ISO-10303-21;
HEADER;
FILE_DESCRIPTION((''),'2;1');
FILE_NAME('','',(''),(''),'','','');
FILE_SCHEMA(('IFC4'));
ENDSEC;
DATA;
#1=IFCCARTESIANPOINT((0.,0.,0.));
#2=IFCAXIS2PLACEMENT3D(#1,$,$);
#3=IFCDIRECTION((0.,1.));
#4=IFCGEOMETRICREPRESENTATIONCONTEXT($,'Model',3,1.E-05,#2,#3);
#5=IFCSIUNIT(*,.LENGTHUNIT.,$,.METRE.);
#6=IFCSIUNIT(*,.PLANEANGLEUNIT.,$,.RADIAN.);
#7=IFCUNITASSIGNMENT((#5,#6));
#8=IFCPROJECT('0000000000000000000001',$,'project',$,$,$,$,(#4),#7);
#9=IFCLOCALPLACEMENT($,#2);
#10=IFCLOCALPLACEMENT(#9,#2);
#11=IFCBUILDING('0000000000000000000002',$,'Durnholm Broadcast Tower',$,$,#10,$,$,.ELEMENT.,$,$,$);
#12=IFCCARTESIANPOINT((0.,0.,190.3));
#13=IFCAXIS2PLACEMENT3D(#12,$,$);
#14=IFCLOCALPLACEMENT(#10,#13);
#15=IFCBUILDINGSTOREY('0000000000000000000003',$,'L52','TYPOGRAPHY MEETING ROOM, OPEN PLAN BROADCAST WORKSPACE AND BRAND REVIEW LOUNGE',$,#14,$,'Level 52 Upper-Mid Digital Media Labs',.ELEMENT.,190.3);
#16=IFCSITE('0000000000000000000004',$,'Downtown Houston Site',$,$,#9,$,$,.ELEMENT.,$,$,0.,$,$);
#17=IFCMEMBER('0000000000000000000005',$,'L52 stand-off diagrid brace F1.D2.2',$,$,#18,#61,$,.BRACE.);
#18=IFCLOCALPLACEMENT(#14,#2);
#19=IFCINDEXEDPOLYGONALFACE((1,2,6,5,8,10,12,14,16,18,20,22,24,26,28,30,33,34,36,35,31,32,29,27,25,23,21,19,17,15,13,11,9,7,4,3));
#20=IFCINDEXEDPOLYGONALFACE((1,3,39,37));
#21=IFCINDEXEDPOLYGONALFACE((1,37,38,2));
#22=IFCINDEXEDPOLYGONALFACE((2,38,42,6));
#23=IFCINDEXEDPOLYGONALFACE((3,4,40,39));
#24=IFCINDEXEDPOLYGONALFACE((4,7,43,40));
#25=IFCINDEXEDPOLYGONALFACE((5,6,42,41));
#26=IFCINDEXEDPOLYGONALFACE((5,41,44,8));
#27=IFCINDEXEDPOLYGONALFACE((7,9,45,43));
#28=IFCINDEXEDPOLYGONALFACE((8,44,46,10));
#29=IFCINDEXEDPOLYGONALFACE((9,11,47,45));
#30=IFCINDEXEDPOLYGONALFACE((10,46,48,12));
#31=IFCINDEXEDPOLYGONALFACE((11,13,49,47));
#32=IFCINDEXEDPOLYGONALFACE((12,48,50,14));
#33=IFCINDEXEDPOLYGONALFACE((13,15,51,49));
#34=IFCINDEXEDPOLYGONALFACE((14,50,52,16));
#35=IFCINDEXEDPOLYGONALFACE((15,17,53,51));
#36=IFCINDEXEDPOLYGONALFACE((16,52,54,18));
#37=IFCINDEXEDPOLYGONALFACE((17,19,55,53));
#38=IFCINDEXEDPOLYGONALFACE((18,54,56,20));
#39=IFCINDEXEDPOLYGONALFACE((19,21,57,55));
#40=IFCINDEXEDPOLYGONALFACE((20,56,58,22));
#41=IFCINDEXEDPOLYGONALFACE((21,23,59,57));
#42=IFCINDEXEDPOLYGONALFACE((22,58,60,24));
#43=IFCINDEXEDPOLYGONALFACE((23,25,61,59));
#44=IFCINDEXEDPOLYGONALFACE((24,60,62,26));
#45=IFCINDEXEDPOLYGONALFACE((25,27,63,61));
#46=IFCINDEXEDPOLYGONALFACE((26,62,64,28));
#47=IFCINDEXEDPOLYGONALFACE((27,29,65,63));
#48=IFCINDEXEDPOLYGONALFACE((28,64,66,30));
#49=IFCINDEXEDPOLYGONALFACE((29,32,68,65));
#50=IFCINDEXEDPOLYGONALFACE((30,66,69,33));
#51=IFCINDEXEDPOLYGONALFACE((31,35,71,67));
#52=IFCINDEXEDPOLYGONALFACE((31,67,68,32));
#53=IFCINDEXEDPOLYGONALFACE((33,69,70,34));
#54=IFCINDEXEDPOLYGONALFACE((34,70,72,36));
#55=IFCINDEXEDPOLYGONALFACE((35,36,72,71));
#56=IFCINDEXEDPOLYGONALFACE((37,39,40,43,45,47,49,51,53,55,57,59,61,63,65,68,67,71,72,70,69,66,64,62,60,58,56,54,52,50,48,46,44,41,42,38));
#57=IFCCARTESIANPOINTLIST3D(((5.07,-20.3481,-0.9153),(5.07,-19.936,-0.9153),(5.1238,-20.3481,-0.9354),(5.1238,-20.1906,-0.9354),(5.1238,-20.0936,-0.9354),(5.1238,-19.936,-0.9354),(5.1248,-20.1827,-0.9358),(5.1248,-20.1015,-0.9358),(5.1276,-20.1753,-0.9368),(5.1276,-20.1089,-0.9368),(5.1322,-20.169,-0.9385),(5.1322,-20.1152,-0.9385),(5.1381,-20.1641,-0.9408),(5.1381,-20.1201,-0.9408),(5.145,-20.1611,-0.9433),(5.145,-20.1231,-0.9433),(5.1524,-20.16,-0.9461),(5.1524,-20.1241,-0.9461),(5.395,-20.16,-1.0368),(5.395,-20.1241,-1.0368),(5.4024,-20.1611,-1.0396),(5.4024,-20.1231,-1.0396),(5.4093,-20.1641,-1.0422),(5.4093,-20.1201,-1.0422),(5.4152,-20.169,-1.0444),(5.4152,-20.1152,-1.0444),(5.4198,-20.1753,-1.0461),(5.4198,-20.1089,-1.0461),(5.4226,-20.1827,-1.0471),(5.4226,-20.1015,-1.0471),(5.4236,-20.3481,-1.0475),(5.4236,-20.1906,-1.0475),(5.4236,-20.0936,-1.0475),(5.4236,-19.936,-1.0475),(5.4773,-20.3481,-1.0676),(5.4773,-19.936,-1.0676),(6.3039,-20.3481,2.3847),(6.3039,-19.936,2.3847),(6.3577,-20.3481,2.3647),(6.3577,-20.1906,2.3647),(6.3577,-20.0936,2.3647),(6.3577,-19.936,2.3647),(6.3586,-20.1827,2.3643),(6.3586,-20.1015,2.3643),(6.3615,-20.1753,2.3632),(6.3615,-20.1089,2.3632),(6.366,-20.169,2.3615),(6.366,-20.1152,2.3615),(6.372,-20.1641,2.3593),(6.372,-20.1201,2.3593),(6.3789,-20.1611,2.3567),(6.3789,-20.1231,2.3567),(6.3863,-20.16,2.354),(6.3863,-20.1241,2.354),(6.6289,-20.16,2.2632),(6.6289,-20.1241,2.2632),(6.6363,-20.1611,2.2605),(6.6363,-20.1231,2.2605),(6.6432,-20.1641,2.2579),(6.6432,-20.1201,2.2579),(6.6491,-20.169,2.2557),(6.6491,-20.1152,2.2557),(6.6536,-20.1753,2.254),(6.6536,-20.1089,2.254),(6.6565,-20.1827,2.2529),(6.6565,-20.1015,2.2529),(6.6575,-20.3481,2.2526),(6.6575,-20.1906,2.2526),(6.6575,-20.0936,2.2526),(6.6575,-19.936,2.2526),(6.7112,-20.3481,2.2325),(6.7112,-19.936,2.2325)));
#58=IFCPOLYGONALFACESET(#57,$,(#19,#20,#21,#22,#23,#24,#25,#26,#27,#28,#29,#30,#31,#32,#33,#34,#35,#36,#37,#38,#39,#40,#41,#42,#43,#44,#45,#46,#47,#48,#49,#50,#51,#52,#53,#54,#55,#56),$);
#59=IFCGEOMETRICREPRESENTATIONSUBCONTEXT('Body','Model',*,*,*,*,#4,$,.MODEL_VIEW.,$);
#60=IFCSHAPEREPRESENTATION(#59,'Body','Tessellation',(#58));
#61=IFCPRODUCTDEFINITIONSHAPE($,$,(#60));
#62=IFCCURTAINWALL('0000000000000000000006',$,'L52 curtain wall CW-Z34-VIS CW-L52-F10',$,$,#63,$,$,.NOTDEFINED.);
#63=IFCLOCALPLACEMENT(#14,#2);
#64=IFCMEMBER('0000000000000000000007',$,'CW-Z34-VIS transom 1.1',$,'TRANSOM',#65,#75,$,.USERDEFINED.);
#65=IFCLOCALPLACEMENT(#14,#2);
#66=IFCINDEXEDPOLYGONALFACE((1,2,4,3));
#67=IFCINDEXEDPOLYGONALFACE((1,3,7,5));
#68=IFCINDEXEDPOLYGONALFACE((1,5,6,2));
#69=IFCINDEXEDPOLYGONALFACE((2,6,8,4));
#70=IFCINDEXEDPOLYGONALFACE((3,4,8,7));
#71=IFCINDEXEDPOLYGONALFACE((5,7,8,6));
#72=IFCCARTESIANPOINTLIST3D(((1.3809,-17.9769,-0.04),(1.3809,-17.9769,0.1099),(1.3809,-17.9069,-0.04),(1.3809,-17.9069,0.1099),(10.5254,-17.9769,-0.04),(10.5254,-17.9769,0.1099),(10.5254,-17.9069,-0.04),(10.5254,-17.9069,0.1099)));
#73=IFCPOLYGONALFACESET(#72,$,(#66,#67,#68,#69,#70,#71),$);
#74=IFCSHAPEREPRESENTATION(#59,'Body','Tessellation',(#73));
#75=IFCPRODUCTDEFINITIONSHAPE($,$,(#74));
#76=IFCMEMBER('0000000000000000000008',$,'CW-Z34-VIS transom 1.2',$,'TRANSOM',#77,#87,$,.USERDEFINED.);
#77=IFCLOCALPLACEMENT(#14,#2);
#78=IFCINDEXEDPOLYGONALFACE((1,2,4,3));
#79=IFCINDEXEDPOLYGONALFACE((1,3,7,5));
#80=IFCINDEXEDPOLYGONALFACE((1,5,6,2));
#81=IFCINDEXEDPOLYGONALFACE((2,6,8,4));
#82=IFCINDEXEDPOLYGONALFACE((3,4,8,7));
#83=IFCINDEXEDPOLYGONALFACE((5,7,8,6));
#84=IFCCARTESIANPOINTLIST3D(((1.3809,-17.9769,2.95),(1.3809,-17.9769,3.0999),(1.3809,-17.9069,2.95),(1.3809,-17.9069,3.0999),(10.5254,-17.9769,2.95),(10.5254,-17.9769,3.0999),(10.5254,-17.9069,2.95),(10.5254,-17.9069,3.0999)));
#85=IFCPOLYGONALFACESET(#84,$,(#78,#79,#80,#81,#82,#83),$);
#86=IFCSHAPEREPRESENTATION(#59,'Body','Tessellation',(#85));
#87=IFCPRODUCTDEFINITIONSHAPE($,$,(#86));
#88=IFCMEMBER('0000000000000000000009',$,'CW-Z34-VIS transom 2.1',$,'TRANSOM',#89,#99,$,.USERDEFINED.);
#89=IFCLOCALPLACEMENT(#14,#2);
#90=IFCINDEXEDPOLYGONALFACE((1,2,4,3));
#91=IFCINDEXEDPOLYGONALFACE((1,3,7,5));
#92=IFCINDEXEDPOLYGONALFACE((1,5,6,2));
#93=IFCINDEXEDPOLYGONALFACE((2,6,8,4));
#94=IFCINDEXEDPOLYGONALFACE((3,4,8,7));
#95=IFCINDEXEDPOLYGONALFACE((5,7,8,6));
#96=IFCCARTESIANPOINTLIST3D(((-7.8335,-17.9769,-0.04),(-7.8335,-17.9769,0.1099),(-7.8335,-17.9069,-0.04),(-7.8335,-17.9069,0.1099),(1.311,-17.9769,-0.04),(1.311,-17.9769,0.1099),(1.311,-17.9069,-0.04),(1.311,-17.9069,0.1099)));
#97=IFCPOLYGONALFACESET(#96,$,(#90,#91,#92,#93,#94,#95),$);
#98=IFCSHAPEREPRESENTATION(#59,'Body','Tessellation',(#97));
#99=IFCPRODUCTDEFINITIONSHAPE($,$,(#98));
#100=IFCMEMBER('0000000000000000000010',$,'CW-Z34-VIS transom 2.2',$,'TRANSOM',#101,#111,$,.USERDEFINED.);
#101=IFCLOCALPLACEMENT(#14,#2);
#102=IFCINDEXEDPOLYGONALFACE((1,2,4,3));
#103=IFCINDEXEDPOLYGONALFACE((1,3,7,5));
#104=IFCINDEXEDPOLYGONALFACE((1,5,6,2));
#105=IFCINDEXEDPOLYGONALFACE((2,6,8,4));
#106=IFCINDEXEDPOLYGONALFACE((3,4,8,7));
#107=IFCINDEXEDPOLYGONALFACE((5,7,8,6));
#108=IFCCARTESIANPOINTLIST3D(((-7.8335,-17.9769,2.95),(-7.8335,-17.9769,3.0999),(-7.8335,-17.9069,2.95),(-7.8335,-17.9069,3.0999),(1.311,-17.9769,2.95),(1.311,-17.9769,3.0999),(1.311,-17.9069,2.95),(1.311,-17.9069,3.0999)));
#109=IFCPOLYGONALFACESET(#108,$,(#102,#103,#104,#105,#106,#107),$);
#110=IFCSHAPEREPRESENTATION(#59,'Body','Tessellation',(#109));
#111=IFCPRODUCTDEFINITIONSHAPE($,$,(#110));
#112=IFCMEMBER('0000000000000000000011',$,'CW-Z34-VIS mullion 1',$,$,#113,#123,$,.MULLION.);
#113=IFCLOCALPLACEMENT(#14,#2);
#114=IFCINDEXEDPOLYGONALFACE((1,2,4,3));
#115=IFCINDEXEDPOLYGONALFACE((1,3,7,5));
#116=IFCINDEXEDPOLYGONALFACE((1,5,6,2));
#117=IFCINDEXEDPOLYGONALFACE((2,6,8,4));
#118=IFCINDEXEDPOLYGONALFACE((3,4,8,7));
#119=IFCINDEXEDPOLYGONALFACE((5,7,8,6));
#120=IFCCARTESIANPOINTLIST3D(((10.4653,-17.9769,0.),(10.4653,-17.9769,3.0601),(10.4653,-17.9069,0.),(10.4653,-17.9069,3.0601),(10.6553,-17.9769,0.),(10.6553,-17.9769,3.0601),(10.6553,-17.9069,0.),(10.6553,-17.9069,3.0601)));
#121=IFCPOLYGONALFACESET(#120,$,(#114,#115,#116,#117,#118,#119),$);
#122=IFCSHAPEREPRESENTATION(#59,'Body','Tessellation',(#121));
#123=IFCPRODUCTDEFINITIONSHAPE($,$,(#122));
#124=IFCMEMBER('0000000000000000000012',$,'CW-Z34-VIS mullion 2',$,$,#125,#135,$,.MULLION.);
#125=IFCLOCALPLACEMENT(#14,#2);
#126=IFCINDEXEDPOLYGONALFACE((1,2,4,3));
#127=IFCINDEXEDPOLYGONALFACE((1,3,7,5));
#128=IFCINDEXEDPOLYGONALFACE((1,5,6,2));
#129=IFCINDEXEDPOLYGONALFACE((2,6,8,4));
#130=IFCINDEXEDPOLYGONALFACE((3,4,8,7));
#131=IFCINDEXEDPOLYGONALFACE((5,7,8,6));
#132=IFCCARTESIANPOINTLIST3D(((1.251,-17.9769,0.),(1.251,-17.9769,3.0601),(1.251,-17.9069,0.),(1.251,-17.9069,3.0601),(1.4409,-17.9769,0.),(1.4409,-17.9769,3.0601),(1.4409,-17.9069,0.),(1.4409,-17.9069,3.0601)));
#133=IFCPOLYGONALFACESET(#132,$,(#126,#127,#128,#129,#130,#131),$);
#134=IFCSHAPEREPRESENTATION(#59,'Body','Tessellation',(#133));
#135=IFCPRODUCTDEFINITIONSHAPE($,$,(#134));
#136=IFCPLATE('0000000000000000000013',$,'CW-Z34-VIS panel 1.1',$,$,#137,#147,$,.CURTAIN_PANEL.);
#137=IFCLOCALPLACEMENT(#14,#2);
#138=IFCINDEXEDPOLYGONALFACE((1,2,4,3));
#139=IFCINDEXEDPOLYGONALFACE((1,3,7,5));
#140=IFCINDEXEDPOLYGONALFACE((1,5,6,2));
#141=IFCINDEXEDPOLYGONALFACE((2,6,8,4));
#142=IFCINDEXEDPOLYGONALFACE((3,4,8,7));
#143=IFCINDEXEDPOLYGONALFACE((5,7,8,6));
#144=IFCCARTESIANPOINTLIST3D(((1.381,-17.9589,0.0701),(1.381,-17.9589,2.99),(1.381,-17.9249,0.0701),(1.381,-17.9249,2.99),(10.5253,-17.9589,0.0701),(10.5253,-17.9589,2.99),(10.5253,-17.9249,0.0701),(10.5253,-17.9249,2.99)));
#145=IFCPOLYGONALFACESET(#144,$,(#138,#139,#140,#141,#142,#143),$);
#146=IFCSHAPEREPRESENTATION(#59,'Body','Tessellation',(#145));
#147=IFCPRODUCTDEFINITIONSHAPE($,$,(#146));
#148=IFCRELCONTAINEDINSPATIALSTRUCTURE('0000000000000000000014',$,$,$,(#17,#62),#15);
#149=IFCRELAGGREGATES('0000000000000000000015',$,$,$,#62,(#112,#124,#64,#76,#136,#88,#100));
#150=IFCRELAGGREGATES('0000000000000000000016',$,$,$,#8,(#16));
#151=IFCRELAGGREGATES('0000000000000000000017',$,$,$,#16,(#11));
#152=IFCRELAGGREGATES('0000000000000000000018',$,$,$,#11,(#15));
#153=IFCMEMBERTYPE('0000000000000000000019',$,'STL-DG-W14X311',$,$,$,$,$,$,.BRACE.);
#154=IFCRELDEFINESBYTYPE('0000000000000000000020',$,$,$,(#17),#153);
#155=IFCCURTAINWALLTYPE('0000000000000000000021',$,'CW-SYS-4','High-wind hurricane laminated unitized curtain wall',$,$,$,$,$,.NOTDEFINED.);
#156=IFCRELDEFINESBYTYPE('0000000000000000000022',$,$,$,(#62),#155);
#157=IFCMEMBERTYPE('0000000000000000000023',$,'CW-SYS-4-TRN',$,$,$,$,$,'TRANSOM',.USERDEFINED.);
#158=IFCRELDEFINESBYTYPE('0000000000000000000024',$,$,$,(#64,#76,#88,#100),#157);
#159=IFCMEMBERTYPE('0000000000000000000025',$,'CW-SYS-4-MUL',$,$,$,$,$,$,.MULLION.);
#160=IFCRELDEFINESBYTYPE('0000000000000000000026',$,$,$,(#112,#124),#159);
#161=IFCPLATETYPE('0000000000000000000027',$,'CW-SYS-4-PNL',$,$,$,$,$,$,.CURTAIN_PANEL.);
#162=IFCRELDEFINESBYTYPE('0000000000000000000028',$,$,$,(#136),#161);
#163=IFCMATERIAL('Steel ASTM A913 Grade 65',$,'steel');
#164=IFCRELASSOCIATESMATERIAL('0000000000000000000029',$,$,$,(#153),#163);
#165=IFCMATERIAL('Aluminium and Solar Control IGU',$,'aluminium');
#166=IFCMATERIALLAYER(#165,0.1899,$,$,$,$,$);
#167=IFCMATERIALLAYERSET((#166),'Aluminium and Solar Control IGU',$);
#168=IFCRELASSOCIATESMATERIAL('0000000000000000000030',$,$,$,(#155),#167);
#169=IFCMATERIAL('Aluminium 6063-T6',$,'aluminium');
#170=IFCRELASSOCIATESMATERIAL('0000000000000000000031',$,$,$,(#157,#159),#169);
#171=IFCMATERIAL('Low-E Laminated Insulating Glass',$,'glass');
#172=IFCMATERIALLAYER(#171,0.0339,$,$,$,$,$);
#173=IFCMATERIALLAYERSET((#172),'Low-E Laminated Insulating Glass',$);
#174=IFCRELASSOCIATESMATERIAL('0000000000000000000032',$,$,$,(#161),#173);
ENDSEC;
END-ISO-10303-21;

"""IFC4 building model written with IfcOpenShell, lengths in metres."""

from ifc_helpers import new_model, si_unit, direction, frame, origin, origin_2d, place, context, subcontext, project, spatial, rectangle, i_section, extrude, source, transform, mapped, material, layer, layer_set, material_profile, profile_set, type_object, type_shapes, element, aggregate, save


model = new_model("IFC4")

# Units and contexts
model_context = context("Model", 3, precision=1e-05, world=origin(), true_north=direction((0.0, 1.0)))
body_context = subcontext(model_context, "Body", "Model", "MODEL_VIEW")
ifc_project = project(units=[si_unit("LENGTHUNIT", "METRE"), si_unit("PLANEANGLEUNIT", "RADIAN")], contexts=[model_context])

# Site, building, storey
site_placement = place(None, origin())
site = spatial("IfcSite", under=ifc_project, at=site_placement, Name="Downtown Houston Site", CompositionType="ELEMENT", RefElevation=0.0)
building_placement = place(site_placement, origin())
building = spatial("IfcBuilding", under=site, at=building_placement, Name="Durnholm Broadcast Tower", CompositionType="ELEMENT")
storey_placement = place(building_placement, frame((0.0, 0.0, 190.3)))
storey = spatial("IfcBuildingStorey", under=building, at=storey_placement, Name="L52", Description="TYPOGRAPHY MEETING ROOM, OPEN PLAN BROADCAST WORKSPACE AND BRAND REVIEW LOUNGE", LongName="Level 52 Upper-Mid Digital Media Labs", CompositionType="ELEMENT", Elevation=190.3)

# Member
ifc_material_1 = material(Name="Steel ASTM A913 Grade 65", Category="steel")
ifc_material_profile_1 = material_profile(ifc_material_1, i_section(OverallWidth=0.4121, OverallDepth=0.4348, WebThickness=0.0359, FlangeThickness=0.0574, FilletRadius=0.0305, at=origin_2d()), Name="W14X311")
ifc_profile_set_1 = profile_set([ifc_material_profile_1], Name="Steel ASTM A913 Grade 65")
member_type_1 = type_object("IfcMemberType", Name="STL-DG-W14X311", PredefinedType="BRACE", material=ifc_profile_set_1)
shared_shape_1 = source(origin(), body_context, "Body", "SweptSolid", [
    extrude(i_section(OverallWidth=0.4121, OverallDepth=0.4348, WebThickness=0.0359, FlangeThickness=0.0574, FilletRadius=0.0305, at=origin_2d()), origin(), (0.0, 0.0, 1.0), 3.5232),
])
type_shapes(member_type_1, [shared_shape_1])
for number, where, z_axis, x_axis, name in (
    (1, (5.2737, -20.1421, -0.9915), (0.35022, 0.0, 0.936668), (0.0, 1.0, 0.0), "L52 stand-off diagrid brace F1.D2.2"),
):
    element("IfcMember", number, at=place(storey_placement, frame(where, z_axis=z_axis, x_axis=x_axis)), inside=storey, type_object=member_type_1, Name=name, PredefinedType="BRACE", context=body_context, shape_type="MappedRepresentation", body=[
        mapped(shared_shape_1, transform((0.0, 0.0, 0.0), x_axis=(1.0, 0.0, 0.0), y_axis=(0.0, 1.0, 0.0), z_axis=(0.0, 0.0, 1.0), scale=1.0)),
    ])

# Curtain wall, members, plate
ifc_material_2 = material(Name="Aluminium and Solar Control IGU", Category="aluminium")
ifc_layer_1 = layer(ifc_material_2, 0.1899)
ifc_layer_set_1 = layer_set([ifc_layer_1], Name="Aluminium and Solar Control IGU")
curtain_wall_type = type_object("IfcCurtainWallType", Name="CW-SYS-4", Description="High-wind hurricane laminated unitized curtain wall", PredefinedType="NOTDEFINED", material=ifc_layer_set_1)
curtain_wall_placement = place(storey_placement, origin())
curtain_wall = element("IfcCurtainWall", 2, at=curtain_wall_placement, inside=storey, type_object=curtain_wall_type, Name="L52 curtain wall CW-Z34-VIS CW-L52-F10", PredefinedType="NOTDEFINED")
ifc_material_3 = material(Name="Aluminium 6063-T6", Category="aluminium")
ifc_material_profile_2 = material_profile(ifc_material_3, rectangle(XDim=0.0701, YDim=0.1499, at=origin_2d()), Name="CWT70X150")
ifc_profile_set_2 = profile_set([ifc_material_profile_2], Name="Aluminium 6063-T6")
member_type_2 = type_object("IfcMemberType", Name="CW-SYS-4-TRN", ElementType="TRANSOM", PredefinedType="USERDEFINED", material=ifc_profile_set_2)
shared_shape_2 = source(origin(), body_context, "Body", "SweptSolid", [
    extrude(rectangle(XDim=0.0701, YDim=0.1499, at=origin_2d()), origin(), (0.0, 0.0, 1.0), 9.1445),
])
type_shapes(member_type_2, [shared_shape_2])
member_1_placement = place(storey_placement, frame((10.5254, -17.9419, 0.0349), z_axis=(-1.0, 0.0, 0.0), x_axis=(0.0, -1.0, 0.0)))
member_1 = element("IfcMember", 3, at=member_1_placement, type_object=member_type_2, Name="CW-Z34-VIS transom 1.1", ObjectType="TRANSOM", PredefinedType="USERDEFINED", context=body_context, shape_type="MappedRepresentation", body=[
    mapped(shared_shape_2, transform((0.0, 0.0, 0.0), x_axis=(1.0, 0.0, 0.0), y_axis=(0.0, 1.0, 0.0), z_axis=(0.0, 0.0, 1.0), scale=1.0)),
])
member_2_placement = place(storey_placement, frame((10.5254, -17.9419, 3.0249), z_axis=(-1.0, 0.0, 0.0), x_axis=(0.0, -1.0, 0.0)))
member_2 = element("IfcMember", 4, at=member_2_placement, type_object=member_type_2, Name="CW-Z34-VIS transom 1.2", ObjectType="TRANSOM", PredefinedType="USERDEFINED", context=body_context, shape_type="MappedRepresentation", body=[
    mapped(shared_shape_2, transform((0.0, 0.0, 0.0), x_axis=(1.0, 0.0, 0.0), y_axis=(0.0, 1.0, 0.0), z_axis=(0.0, 0.0, 1.0), scale=1.0)),
])
member_3_placement = place(storey_placement, frame((1.311, -17.9419, 0.0349), z_axis=(-1.0, 0.0, 0.0), x_axis=(0.0, -1.0, 0.0)))
member_3 = element("IfcMember", 5, at=member_3_placement, type_object=member_type_2, Name="CW-Z34-VIS transom 2.1", ObjectType="TRANSOM", PredefinedType="USERDEFINED", context=body_context, shape_type="MappedRepresentation", body=[
    mapped(shared_shape_2, transform((0.0, 0.0, 0.0), x_axis=(1.0, 0.0, 0.0), y_axis=(0.0, 1.0, 0.0), z_axis=(0.0, 0.0, 1.0), scale=1.0)),
])
member_4_placement = place(storey_placement, frame((1.311, -17.9419, 3.0249), z_axis=(-1.0, 0.0, 0.0), x_axis=(0.0, -1.0, 0.0)))
member_4 = element("IfcMember", 6, at=member_4_placement, type_object=member_type_2, Name="CW-Z34-VIS transom 2.2", ObjectType="TRANSOM", PredefinedType="USERDEFINED", context=body_context, shape_type="MappedRepresentation", body=[
    mapped(shared_shape_2, transform((0.0, 0.0, 0.0), x_axis=(1.0, 0.0, 0.0), y_axis=(0.0, 1.0, 0.0), z_axis=(0.0, 0.0, 1.0), scale=1.0)),
])
ifc_material_profile_3 = material_profile(ifc_material_3, rectangle(XDim=0.0701, YDim=0.1899, at=origin_2d()), Name="CWM70X190")
ifc_profile_set_3 = profile_set([ifc_material_profile_3], Name="Aluminium 6063-T6")
member_type_3 = type_object("IfcMemberType", Name="CW-SYS-4-MUL", PredefinedType="MULLION", material=ifc_profile_set_3)
shared_shape_3 = source(origin(), body_context, "Body", "SweptSolid", [
    extrude(rectangle(XDim=0.0701, YDim=0.1899, at=origin_2d()), origin(), (0.0, 0.0, 1.0), 3.0601),
])
type_shapes(member_type_3, [shared_shape_3])
member_5_placement = place(storey_placement, frame((10.5603, -17.9419, 0.0), z_axis=(0.0, 0.0, 1.0), x_axis=(0.0, -1.0, 0.0)))
member_5 = element("IfcMember", 7, at=member_5_placement, type_object=member_type_3, Name="CW-Z34-VIS mullion 1", PredefinedType="MULLION", context=body_context, shape_type="MappedRepresentation", body=[
    mapped(shared_shape_3, transform((0.0, 0.0, 0.0), x_axis=(1.0, 0.0, 0.0), y_axis=(0.0, 1.0, 0.0), z_axis=(0.0, 0.0, 1.0), scale=1.0)),
])
member_6_placement = place(storey_placement, frame((1.3459, -17.9419, 0.0), z_axis=(0.0, 0.0, 1.0), x_axis=(0.0, -1.0, 0.0)))
member_6 = element("IfcMember", 8, at=member_6_placement, type_object=member_type_3, Name="CW-Z34-VIS mullion 2", PredefinedType="MULLION", context=body_context, shape_type="MappedRepresentation", body=[
    mapped(shared_shape_3, transform((0.0, 0.0, 0.0), x_axis=(1.0, 0.0, 0.0), y_axis=(0.0, 1.0, 0.0), z_axis=(0.0, 0.0, 1.0), scale=1.0)),
])
ifc_material_4 = material(Name="Low-E Laminated Insulating Glass", Category="glass")
ifc_layer_2 = layer(ifc_material_4, 0.0339)
ifc_layer_set_2 = layer_set([ifc_layer_2], Name="Low-E Laminated Insulating Glass")
plate_type = type_object("IfcPlateType", Name="CW-SYS-4-PNL", PredefinedType="CURTAIN_PANEL", material=ifc_layer_set_2)
shared_shape_4 = source(origin(), body_context, "Body", "SweptSolid", [
    extrude(rectangle(XDim=9.1443, YDim=0.0339, at=origin_2d()), origin(), (0.0, 0.0, 1.0), 2.9199),
])
type_shapes(plate_type, [shared_shape_4])
plate_placement = place(storey_placement, frame((5.9531, -17.9419, 0.0701), z_axis=(0.0, 0.0, 1.0), x_axis=(-1.0, 0.0, 0.0)))
plate = element("IfcPlate", 9, at=plate_placement, type_object=plate_type, Name="CW-Z34-VIS panel 1.1", PredefinedType="CURTAIN_PANEL", context=body_context, shape_type="MappedRepresentation", body=[
    mapped(shared_shape_4, transform((0.0, 0.0, 0.0), x_axis=(1.0, 0.0, 0.0), y_axis=(0.0, 1.0, 0.0), z_axis=(0.0, 0.0, 1.0), scale=1.0)),
])
aggregate(curtain_wall, [member_5, member_6, member_1, member_2, plate, member_3, member_4])

save(model, "model.ifc")
